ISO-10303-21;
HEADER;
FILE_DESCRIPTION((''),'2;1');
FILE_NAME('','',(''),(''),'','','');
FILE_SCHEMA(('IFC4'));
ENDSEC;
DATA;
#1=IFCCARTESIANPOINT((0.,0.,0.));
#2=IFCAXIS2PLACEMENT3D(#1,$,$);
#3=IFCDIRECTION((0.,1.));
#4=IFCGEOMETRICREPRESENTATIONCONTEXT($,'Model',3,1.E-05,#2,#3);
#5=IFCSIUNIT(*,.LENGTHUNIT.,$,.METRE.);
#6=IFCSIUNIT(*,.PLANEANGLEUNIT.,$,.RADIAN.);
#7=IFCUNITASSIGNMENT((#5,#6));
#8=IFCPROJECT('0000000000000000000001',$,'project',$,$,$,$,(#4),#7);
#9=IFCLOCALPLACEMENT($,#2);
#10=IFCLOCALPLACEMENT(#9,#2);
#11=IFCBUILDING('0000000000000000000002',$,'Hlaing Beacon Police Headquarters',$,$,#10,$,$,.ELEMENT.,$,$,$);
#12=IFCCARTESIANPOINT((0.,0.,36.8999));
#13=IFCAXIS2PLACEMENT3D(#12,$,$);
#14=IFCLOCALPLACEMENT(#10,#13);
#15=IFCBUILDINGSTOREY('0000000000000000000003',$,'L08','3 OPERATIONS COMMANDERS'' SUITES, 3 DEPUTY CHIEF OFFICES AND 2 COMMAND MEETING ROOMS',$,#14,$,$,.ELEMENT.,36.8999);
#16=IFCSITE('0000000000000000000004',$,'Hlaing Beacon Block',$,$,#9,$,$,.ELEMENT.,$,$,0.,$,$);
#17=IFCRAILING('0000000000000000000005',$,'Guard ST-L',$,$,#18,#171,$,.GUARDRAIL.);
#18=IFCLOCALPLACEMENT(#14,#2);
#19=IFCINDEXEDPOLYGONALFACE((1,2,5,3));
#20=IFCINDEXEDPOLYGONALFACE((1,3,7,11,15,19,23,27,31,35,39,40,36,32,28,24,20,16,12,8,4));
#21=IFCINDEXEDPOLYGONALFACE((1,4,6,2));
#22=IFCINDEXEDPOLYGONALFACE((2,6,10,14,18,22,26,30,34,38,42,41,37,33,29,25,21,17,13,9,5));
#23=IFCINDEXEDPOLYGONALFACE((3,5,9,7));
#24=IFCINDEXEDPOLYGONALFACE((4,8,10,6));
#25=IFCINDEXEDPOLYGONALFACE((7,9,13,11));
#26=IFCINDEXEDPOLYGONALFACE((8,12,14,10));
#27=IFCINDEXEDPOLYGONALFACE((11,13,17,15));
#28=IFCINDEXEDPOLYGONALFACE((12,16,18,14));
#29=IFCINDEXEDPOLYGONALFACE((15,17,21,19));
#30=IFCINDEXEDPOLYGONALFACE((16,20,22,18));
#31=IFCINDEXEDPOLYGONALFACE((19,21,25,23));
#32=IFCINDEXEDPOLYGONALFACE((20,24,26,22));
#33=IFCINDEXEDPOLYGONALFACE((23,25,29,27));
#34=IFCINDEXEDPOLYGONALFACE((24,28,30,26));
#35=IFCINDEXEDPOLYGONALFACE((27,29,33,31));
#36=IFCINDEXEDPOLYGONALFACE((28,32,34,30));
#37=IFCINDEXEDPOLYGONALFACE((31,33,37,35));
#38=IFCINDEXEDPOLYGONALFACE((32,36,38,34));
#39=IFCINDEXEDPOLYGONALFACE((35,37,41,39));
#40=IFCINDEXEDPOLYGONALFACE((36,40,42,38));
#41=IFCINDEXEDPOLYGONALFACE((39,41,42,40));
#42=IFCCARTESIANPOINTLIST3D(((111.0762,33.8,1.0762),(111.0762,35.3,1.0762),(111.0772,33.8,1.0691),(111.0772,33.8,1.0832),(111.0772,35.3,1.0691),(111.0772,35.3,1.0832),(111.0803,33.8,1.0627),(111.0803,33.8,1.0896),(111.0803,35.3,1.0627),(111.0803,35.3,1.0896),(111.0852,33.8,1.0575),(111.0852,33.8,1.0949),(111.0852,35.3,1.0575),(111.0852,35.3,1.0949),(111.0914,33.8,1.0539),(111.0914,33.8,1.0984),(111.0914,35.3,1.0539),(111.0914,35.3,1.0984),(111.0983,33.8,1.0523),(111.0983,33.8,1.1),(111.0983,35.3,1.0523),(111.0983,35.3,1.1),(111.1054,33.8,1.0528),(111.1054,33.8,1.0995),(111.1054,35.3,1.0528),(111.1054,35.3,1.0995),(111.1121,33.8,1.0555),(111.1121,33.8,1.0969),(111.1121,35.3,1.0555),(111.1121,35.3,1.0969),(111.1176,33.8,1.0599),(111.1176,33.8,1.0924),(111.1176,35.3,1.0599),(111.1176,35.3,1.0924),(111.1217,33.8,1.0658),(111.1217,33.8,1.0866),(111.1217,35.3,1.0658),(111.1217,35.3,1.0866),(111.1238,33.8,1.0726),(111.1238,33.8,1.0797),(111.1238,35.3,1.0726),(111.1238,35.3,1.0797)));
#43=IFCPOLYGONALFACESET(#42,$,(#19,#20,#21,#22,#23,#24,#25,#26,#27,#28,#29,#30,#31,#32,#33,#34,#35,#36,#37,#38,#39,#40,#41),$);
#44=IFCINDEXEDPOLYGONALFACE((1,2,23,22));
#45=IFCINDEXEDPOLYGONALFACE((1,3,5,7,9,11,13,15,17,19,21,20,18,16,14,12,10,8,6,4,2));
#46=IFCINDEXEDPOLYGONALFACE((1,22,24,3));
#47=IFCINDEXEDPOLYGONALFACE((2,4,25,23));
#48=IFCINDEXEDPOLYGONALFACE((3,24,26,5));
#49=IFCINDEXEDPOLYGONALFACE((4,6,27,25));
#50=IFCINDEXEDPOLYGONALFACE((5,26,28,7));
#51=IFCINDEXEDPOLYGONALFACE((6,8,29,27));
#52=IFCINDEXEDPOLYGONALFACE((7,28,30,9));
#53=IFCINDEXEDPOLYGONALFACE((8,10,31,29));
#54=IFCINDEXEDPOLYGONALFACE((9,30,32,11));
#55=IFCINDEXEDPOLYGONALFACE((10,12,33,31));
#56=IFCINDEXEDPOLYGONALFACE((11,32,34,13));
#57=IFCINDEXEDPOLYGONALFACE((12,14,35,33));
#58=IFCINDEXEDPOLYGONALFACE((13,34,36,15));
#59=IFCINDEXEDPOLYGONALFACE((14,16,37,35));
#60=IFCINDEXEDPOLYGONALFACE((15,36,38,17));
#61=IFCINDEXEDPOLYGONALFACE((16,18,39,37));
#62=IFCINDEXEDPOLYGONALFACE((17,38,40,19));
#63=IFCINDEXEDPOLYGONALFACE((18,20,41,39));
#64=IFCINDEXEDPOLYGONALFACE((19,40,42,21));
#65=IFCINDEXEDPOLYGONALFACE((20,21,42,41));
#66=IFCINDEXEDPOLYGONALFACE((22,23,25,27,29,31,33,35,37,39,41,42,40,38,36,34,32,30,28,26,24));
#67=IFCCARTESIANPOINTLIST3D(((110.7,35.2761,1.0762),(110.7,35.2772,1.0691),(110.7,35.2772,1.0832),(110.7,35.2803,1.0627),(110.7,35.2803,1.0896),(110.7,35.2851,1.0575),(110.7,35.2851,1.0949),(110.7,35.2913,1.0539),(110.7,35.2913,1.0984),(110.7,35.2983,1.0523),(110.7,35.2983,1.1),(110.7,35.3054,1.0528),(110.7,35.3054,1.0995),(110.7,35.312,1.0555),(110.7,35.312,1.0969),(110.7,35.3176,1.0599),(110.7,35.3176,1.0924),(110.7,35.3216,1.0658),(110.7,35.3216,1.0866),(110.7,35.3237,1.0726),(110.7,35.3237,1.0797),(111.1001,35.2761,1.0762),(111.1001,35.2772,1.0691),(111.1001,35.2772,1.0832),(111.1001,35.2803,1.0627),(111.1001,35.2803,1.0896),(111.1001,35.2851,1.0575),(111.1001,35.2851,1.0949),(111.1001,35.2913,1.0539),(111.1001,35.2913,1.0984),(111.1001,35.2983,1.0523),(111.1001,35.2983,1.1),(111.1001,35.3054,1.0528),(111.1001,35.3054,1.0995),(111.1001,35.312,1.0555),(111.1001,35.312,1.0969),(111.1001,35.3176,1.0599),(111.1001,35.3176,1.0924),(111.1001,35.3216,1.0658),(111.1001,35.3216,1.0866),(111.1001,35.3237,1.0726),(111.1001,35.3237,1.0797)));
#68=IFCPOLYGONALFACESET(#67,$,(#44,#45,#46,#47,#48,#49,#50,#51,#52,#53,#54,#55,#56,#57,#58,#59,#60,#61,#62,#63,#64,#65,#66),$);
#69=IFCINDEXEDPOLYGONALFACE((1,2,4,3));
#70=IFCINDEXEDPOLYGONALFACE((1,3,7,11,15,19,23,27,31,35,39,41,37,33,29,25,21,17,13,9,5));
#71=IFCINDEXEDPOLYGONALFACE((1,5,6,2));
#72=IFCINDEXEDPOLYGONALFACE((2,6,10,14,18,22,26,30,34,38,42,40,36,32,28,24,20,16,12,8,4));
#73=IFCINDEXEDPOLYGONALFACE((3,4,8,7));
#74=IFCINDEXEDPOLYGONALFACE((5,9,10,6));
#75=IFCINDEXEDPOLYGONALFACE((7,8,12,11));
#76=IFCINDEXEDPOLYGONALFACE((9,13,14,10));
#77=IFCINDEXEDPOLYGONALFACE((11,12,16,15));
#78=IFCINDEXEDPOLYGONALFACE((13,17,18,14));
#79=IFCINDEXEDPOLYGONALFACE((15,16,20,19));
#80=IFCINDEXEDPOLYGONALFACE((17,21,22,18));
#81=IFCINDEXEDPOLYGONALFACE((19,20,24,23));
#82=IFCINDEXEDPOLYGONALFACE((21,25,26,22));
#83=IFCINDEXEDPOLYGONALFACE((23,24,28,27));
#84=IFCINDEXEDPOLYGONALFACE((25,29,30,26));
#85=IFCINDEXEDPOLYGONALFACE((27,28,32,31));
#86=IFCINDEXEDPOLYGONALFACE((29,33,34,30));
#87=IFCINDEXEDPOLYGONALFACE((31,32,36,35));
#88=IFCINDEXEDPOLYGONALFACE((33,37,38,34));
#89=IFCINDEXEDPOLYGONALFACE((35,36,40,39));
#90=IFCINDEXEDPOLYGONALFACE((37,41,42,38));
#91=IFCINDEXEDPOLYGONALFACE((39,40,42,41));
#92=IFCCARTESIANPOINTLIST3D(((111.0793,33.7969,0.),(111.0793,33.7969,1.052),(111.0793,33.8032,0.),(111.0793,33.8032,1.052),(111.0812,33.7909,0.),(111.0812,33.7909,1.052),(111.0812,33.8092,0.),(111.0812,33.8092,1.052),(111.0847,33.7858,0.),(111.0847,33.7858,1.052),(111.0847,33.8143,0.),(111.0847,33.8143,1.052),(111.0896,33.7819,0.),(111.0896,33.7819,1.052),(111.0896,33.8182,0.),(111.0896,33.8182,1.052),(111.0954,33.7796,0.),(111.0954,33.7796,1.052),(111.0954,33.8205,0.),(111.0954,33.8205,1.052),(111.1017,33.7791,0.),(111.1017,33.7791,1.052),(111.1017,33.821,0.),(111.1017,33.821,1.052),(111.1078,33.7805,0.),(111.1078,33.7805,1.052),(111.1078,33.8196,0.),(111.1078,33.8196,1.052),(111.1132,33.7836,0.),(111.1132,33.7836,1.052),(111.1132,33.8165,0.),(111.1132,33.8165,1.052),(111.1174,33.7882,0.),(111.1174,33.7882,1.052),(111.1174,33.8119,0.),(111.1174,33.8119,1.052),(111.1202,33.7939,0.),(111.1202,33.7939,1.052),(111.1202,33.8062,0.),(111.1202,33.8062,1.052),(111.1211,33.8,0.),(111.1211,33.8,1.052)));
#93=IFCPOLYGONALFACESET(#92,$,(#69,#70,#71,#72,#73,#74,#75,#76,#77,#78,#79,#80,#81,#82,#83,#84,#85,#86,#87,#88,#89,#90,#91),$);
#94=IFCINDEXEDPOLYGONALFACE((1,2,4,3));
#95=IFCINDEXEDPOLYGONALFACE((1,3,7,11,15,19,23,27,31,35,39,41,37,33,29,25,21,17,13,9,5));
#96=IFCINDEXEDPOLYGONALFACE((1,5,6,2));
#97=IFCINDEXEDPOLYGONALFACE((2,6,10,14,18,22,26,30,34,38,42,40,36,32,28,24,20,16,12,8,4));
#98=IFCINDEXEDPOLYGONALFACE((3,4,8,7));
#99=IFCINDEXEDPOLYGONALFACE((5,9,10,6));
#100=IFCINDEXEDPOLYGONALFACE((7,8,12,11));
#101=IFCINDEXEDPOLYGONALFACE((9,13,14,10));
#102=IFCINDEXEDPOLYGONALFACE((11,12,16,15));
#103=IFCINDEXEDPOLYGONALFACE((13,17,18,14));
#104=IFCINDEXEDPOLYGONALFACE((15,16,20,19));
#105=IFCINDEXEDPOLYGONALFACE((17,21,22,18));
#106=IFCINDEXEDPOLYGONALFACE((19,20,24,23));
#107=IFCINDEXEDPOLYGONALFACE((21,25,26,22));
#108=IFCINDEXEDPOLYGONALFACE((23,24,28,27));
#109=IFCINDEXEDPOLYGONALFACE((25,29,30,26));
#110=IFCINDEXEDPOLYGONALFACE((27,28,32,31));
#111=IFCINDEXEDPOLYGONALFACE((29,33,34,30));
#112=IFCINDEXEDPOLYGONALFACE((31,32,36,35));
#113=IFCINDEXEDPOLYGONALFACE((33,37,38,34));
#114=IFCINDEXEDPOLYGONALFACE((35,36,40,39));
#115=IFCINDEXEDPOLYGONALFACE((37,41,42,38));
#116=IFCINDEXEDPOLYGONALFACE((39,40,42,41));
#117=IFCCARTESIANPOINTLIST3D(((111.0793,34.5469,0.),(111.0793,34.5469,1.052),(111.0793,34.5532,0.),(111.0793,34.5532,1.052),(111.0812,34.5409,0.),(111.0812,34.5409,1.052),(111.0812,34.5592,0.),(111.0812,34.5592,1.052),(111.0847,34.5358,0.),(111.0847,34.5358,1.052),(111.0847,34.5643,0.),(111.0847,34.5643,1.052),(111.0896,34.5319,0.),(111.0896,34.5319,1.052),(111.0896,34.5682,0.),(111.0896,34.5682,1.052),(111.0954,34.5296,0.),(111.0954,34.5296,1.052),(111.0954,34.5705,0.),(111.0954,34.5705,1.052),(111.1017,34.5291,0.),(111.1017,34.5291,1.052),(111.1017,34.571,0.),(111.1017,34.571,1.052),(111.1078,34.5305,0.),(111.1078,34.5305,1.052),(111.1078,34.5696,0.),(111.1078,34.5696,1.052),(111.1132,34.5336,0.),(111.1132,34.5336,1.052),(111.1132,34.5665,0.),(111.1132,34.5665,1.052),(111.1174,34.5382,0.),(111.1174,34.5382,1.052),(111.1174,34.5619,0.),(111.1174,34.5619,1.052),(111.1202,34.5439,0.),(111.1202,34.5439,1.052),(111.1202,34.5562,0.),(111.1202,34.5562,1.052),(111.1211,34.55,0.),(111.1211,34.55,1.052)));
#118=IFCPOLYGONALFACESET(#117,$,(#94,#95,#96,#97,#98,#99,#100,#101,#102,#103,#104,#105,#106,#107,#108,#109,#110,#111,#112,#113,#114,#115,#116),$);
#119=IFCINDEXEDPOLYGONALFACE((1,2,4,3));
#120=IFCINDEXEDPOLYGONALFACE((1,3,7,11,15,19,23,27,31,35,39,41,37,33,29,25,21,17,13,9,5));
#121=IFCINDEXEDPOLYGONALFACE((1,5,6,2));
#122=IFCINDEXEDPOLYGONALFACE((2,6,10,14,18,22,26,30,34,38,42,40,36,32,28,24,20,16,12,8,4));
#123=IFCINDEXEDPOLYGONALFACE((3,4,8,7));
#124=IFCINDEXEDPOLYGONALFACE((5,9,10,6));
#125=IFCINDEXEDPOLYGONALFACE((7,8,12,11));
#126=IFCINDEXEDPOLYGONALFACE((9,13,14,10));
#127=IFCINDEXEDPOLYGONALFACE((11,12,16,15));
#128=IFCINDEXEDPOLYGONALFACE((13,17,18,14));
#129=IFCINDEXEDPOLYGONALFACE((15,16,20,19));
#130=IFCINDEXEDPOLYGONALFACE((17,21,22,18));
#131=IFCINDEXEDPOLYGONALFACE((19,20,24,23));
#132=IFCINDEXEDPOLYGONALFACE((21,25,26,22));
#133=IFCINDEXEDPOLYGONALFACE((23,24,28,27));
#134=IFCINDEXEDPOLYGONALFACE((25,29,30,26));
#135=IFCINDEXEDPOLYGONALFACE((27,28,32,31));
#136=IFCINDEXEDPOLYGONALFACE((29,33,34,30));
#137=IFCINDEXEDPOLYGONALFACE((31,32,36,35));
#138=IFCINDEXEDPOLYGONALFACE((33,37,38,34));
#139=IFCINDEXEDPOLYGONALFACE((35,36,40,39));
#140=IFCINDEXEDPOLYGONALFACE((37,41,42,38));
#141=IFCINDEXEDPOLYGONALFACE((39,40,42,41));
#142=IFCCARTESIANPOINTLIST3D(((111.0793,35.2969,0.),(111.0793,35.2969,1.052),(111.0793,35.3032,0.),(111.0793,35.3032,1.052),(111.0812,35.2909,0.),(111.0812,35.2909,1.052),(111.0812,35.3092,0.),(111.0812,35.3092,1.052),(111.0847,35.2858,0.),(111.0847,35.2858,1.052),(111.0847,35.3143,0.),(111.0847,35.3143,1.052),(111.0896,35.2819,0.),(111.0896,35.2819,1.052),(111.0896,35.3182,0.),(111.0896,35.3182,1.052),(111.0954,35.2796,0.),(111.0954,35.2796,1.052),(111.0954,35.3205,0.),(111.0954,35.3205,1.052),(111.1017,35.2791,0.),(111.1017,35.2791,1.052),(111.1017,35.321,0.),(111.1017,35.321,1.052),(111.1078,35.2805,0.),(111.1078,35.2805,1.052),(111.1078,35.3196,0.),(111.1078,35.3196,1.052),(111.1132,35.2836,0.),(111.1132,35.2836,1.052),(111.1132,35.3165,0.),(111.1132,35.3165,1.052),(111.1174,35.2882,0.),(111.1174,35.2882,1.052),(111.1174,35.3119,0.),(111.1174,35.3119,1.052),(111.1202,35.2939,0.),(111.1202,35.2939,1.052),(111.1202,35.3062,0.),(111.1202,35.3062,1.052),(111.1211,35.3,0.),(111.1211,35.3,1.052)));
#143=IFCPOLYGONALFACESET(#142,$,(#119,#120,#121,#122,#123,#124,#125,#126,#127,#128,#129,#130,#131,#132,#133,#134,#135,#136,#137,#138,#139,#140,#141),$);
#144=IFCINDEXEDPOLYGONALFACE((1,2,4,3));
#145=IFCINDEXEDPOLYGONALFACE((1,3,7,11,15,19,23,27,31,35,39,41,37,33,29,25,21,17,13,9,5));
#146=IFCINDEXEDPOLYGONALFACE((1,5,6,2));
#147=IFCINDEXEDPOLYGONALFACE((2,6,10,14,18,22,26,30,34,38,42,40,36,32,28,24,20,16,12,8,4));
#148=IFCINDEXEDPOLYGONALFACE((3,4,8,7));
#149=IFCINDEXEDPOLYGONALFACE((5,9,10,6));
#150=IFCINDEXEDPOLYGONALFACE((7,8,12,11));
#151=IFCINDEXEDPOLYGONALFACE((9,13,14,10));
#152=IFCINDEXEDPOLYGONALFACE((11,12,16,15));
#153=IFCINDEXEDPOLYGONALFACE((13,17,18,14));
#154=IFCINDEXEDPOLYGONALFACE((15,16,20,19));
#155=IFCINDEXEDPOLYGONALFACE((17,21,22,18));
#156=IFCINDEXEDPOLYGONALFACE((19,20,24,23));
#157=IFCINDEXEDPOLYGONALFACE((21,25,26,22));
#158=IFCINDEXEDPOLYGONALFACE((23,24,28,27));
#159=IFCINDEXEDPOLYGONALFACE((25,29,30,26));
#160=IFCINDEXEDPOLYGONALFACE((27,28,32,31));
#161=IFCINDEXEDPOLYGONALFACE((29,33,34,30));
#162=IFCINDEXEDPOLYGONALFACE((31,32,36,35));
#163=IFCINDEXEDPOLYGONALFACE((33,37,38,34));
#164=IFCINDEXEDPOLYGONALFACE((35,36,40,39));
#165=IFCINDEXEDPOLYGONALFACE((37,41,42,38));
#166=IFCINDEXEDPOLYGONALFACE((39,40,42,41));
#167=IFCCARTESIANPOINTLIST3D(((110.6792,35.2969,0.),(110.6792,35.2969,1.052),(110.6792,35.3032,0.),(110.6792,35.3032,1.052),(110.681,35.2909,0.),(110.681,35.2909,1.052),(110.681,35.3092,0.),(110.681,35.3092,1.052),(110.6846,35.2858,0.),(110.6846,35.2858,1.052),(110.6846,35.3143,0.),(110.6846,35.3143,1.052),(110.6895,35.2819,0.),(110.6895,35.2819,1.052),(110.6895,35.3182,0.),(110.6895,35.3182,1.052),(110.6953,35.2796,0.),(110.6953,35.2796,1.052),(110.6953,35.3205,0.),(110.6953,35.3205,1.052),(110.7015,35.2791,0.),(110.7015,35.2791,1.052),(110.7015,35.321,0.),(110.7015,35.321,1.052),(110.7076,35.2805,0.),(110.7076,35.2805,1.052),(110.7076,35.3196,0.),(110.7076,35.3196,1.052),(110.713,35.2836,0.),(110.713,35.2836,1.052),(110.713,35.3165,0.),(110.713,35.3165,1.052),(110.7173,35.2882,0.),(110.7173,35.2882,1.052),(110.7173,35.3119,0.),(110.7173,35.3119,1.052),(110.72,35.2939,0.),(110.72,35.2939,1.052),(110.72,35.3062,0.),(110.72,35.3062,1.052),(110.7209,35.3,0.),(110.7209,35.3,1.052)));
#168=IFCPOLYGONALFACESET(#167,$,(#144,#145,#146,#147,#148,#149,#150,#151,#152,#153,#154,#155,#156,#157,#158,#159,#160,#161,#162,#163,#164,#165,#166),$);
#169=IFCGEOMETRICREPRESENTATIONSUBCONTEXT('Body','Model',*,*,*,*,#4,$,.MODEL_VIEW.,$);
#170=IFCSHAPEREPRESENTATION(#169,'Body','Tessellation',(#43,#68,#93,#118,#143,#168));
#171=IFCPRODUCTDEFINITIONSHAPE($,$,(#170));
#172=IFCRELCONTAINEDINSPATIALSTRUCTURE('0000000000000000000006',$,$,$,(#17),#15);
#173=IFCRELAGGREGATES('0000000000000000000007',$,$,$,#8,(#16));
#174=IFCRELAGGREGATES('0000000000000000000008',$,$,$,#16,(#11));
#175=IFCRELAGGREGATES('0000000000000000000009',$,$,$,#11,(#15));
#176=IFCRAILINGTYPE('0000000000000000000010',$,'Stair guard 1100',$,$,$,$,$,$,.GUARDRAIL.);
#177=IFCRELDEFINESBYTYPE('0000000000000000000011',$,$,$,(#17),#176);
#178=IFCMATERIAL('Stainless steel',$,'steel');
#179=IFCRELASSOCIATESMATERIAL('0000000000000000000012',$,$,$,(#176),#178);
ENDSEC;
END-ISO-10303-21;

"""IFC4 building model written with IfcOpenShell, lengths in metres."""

from ifc_helpers import new_model, si_unit, direction, frame, origin, origin_2d, place, context, subcontext, project, spatial, circle, extrude, material, type_object, element, save


model = new_model("IFC4")

# Units and contexts
model_context = context("Model", 3, precision=1e-05, world=origin(), true_north=direction((0.0, 1.0)))
body_context = subcontext(model_context, "Body", "Model", "MODEL_VIEW")
ifc_project = project(units=[si_unit("LENGTHUNIT", "METRE"), si_unit("PLANEANGLEUNIT", "RADIAN")], contexts=[model_context])

# Site, building, storey
site_placement = place(None, origin())
site = spatial("IfcSite", under=ifc_project, at=site_placement, Name="Hlaing Beacon Block", CompositionType="ELEMENT", RefElevation=0.0)
building_placement = place(site_placement, origin())
building = spatial("IfcBuilding", under=site, at=building_placement, Name="Hlaing Beacon Police Headquarters", CompositionType="ELEMENT")
storey_placement = place(building_placement, frame((0.0, 0.0, 36.8999)))
storey = spatial("IfcBuildingStorey", under=building, at=storey_placement, Name="L08", Description="3 OPERATIONS COMMANDERS' SUITES, 3 DEPUTY CHIEF OFFICES AND 2 COMMAND MEETING ROOMS", CompositionType="ELEMENT", Elevation=36.8999)

# Railing
ifc_material_1 = material(Name="Stainless steel", Category="steel")
railing_type_1 = type_object("IfcRailingType", Name="Stair guard 1100", PredefinedType="GUARDRAIL", material=ifc_material_1)
railing_placement = place(storey_placement, frame((111.1001, 33.8, 0.0)))
element("IfcRailing", 1, at=railing_placement, inside=storey, type_object=railing_type_1, Name="Guard ST-L", PredefinedType="GUARDRAIL", context=body_context, shape_type="SweptSolid", body=[
    extrude(circle(Radius=0.0239, at=origin_2d()), frame((0.0, 0.0, 1.0762), z_axis=(0.0, 1.0, 0.0), x_axis=(-1.0, 0.0, 0.0)), (0.0, 0.0, 1.0), 1.5),
    extrude(circle(Radius=0.0239, at=origin_2d()), frame((0.0, 1.5, 1.0762), z_axis=(-1.0, 0.0, 0.0), x_axis=(0.0, -1.0, 0.0)), (0.0, 0.0, 1.0), 0.4001),
    extrude(circle(Radius=0.021, at=origin_2d()), origin(), (0.0, 0.0, 1.0), 1.052),
    extrude(circle(Radius=0.021, at=origin_2d()), frame((0.0, 0.75, 0.0)), (0.0, 0.0, 1.0), 1.052),
    extrude(circle(Radius=0.021, at=origin_2d()), frame((0.0, 1.5, 0.0)), (0.0, 0.0, 1.0), 1.052),
    extrude(circle(Radius=0.021, at=origin_2d()), frame((-0.4001, 1.5, 0.0)), (0.0, 0.0, 1.0), 1.052),
])

save(model, "model.ifc")
